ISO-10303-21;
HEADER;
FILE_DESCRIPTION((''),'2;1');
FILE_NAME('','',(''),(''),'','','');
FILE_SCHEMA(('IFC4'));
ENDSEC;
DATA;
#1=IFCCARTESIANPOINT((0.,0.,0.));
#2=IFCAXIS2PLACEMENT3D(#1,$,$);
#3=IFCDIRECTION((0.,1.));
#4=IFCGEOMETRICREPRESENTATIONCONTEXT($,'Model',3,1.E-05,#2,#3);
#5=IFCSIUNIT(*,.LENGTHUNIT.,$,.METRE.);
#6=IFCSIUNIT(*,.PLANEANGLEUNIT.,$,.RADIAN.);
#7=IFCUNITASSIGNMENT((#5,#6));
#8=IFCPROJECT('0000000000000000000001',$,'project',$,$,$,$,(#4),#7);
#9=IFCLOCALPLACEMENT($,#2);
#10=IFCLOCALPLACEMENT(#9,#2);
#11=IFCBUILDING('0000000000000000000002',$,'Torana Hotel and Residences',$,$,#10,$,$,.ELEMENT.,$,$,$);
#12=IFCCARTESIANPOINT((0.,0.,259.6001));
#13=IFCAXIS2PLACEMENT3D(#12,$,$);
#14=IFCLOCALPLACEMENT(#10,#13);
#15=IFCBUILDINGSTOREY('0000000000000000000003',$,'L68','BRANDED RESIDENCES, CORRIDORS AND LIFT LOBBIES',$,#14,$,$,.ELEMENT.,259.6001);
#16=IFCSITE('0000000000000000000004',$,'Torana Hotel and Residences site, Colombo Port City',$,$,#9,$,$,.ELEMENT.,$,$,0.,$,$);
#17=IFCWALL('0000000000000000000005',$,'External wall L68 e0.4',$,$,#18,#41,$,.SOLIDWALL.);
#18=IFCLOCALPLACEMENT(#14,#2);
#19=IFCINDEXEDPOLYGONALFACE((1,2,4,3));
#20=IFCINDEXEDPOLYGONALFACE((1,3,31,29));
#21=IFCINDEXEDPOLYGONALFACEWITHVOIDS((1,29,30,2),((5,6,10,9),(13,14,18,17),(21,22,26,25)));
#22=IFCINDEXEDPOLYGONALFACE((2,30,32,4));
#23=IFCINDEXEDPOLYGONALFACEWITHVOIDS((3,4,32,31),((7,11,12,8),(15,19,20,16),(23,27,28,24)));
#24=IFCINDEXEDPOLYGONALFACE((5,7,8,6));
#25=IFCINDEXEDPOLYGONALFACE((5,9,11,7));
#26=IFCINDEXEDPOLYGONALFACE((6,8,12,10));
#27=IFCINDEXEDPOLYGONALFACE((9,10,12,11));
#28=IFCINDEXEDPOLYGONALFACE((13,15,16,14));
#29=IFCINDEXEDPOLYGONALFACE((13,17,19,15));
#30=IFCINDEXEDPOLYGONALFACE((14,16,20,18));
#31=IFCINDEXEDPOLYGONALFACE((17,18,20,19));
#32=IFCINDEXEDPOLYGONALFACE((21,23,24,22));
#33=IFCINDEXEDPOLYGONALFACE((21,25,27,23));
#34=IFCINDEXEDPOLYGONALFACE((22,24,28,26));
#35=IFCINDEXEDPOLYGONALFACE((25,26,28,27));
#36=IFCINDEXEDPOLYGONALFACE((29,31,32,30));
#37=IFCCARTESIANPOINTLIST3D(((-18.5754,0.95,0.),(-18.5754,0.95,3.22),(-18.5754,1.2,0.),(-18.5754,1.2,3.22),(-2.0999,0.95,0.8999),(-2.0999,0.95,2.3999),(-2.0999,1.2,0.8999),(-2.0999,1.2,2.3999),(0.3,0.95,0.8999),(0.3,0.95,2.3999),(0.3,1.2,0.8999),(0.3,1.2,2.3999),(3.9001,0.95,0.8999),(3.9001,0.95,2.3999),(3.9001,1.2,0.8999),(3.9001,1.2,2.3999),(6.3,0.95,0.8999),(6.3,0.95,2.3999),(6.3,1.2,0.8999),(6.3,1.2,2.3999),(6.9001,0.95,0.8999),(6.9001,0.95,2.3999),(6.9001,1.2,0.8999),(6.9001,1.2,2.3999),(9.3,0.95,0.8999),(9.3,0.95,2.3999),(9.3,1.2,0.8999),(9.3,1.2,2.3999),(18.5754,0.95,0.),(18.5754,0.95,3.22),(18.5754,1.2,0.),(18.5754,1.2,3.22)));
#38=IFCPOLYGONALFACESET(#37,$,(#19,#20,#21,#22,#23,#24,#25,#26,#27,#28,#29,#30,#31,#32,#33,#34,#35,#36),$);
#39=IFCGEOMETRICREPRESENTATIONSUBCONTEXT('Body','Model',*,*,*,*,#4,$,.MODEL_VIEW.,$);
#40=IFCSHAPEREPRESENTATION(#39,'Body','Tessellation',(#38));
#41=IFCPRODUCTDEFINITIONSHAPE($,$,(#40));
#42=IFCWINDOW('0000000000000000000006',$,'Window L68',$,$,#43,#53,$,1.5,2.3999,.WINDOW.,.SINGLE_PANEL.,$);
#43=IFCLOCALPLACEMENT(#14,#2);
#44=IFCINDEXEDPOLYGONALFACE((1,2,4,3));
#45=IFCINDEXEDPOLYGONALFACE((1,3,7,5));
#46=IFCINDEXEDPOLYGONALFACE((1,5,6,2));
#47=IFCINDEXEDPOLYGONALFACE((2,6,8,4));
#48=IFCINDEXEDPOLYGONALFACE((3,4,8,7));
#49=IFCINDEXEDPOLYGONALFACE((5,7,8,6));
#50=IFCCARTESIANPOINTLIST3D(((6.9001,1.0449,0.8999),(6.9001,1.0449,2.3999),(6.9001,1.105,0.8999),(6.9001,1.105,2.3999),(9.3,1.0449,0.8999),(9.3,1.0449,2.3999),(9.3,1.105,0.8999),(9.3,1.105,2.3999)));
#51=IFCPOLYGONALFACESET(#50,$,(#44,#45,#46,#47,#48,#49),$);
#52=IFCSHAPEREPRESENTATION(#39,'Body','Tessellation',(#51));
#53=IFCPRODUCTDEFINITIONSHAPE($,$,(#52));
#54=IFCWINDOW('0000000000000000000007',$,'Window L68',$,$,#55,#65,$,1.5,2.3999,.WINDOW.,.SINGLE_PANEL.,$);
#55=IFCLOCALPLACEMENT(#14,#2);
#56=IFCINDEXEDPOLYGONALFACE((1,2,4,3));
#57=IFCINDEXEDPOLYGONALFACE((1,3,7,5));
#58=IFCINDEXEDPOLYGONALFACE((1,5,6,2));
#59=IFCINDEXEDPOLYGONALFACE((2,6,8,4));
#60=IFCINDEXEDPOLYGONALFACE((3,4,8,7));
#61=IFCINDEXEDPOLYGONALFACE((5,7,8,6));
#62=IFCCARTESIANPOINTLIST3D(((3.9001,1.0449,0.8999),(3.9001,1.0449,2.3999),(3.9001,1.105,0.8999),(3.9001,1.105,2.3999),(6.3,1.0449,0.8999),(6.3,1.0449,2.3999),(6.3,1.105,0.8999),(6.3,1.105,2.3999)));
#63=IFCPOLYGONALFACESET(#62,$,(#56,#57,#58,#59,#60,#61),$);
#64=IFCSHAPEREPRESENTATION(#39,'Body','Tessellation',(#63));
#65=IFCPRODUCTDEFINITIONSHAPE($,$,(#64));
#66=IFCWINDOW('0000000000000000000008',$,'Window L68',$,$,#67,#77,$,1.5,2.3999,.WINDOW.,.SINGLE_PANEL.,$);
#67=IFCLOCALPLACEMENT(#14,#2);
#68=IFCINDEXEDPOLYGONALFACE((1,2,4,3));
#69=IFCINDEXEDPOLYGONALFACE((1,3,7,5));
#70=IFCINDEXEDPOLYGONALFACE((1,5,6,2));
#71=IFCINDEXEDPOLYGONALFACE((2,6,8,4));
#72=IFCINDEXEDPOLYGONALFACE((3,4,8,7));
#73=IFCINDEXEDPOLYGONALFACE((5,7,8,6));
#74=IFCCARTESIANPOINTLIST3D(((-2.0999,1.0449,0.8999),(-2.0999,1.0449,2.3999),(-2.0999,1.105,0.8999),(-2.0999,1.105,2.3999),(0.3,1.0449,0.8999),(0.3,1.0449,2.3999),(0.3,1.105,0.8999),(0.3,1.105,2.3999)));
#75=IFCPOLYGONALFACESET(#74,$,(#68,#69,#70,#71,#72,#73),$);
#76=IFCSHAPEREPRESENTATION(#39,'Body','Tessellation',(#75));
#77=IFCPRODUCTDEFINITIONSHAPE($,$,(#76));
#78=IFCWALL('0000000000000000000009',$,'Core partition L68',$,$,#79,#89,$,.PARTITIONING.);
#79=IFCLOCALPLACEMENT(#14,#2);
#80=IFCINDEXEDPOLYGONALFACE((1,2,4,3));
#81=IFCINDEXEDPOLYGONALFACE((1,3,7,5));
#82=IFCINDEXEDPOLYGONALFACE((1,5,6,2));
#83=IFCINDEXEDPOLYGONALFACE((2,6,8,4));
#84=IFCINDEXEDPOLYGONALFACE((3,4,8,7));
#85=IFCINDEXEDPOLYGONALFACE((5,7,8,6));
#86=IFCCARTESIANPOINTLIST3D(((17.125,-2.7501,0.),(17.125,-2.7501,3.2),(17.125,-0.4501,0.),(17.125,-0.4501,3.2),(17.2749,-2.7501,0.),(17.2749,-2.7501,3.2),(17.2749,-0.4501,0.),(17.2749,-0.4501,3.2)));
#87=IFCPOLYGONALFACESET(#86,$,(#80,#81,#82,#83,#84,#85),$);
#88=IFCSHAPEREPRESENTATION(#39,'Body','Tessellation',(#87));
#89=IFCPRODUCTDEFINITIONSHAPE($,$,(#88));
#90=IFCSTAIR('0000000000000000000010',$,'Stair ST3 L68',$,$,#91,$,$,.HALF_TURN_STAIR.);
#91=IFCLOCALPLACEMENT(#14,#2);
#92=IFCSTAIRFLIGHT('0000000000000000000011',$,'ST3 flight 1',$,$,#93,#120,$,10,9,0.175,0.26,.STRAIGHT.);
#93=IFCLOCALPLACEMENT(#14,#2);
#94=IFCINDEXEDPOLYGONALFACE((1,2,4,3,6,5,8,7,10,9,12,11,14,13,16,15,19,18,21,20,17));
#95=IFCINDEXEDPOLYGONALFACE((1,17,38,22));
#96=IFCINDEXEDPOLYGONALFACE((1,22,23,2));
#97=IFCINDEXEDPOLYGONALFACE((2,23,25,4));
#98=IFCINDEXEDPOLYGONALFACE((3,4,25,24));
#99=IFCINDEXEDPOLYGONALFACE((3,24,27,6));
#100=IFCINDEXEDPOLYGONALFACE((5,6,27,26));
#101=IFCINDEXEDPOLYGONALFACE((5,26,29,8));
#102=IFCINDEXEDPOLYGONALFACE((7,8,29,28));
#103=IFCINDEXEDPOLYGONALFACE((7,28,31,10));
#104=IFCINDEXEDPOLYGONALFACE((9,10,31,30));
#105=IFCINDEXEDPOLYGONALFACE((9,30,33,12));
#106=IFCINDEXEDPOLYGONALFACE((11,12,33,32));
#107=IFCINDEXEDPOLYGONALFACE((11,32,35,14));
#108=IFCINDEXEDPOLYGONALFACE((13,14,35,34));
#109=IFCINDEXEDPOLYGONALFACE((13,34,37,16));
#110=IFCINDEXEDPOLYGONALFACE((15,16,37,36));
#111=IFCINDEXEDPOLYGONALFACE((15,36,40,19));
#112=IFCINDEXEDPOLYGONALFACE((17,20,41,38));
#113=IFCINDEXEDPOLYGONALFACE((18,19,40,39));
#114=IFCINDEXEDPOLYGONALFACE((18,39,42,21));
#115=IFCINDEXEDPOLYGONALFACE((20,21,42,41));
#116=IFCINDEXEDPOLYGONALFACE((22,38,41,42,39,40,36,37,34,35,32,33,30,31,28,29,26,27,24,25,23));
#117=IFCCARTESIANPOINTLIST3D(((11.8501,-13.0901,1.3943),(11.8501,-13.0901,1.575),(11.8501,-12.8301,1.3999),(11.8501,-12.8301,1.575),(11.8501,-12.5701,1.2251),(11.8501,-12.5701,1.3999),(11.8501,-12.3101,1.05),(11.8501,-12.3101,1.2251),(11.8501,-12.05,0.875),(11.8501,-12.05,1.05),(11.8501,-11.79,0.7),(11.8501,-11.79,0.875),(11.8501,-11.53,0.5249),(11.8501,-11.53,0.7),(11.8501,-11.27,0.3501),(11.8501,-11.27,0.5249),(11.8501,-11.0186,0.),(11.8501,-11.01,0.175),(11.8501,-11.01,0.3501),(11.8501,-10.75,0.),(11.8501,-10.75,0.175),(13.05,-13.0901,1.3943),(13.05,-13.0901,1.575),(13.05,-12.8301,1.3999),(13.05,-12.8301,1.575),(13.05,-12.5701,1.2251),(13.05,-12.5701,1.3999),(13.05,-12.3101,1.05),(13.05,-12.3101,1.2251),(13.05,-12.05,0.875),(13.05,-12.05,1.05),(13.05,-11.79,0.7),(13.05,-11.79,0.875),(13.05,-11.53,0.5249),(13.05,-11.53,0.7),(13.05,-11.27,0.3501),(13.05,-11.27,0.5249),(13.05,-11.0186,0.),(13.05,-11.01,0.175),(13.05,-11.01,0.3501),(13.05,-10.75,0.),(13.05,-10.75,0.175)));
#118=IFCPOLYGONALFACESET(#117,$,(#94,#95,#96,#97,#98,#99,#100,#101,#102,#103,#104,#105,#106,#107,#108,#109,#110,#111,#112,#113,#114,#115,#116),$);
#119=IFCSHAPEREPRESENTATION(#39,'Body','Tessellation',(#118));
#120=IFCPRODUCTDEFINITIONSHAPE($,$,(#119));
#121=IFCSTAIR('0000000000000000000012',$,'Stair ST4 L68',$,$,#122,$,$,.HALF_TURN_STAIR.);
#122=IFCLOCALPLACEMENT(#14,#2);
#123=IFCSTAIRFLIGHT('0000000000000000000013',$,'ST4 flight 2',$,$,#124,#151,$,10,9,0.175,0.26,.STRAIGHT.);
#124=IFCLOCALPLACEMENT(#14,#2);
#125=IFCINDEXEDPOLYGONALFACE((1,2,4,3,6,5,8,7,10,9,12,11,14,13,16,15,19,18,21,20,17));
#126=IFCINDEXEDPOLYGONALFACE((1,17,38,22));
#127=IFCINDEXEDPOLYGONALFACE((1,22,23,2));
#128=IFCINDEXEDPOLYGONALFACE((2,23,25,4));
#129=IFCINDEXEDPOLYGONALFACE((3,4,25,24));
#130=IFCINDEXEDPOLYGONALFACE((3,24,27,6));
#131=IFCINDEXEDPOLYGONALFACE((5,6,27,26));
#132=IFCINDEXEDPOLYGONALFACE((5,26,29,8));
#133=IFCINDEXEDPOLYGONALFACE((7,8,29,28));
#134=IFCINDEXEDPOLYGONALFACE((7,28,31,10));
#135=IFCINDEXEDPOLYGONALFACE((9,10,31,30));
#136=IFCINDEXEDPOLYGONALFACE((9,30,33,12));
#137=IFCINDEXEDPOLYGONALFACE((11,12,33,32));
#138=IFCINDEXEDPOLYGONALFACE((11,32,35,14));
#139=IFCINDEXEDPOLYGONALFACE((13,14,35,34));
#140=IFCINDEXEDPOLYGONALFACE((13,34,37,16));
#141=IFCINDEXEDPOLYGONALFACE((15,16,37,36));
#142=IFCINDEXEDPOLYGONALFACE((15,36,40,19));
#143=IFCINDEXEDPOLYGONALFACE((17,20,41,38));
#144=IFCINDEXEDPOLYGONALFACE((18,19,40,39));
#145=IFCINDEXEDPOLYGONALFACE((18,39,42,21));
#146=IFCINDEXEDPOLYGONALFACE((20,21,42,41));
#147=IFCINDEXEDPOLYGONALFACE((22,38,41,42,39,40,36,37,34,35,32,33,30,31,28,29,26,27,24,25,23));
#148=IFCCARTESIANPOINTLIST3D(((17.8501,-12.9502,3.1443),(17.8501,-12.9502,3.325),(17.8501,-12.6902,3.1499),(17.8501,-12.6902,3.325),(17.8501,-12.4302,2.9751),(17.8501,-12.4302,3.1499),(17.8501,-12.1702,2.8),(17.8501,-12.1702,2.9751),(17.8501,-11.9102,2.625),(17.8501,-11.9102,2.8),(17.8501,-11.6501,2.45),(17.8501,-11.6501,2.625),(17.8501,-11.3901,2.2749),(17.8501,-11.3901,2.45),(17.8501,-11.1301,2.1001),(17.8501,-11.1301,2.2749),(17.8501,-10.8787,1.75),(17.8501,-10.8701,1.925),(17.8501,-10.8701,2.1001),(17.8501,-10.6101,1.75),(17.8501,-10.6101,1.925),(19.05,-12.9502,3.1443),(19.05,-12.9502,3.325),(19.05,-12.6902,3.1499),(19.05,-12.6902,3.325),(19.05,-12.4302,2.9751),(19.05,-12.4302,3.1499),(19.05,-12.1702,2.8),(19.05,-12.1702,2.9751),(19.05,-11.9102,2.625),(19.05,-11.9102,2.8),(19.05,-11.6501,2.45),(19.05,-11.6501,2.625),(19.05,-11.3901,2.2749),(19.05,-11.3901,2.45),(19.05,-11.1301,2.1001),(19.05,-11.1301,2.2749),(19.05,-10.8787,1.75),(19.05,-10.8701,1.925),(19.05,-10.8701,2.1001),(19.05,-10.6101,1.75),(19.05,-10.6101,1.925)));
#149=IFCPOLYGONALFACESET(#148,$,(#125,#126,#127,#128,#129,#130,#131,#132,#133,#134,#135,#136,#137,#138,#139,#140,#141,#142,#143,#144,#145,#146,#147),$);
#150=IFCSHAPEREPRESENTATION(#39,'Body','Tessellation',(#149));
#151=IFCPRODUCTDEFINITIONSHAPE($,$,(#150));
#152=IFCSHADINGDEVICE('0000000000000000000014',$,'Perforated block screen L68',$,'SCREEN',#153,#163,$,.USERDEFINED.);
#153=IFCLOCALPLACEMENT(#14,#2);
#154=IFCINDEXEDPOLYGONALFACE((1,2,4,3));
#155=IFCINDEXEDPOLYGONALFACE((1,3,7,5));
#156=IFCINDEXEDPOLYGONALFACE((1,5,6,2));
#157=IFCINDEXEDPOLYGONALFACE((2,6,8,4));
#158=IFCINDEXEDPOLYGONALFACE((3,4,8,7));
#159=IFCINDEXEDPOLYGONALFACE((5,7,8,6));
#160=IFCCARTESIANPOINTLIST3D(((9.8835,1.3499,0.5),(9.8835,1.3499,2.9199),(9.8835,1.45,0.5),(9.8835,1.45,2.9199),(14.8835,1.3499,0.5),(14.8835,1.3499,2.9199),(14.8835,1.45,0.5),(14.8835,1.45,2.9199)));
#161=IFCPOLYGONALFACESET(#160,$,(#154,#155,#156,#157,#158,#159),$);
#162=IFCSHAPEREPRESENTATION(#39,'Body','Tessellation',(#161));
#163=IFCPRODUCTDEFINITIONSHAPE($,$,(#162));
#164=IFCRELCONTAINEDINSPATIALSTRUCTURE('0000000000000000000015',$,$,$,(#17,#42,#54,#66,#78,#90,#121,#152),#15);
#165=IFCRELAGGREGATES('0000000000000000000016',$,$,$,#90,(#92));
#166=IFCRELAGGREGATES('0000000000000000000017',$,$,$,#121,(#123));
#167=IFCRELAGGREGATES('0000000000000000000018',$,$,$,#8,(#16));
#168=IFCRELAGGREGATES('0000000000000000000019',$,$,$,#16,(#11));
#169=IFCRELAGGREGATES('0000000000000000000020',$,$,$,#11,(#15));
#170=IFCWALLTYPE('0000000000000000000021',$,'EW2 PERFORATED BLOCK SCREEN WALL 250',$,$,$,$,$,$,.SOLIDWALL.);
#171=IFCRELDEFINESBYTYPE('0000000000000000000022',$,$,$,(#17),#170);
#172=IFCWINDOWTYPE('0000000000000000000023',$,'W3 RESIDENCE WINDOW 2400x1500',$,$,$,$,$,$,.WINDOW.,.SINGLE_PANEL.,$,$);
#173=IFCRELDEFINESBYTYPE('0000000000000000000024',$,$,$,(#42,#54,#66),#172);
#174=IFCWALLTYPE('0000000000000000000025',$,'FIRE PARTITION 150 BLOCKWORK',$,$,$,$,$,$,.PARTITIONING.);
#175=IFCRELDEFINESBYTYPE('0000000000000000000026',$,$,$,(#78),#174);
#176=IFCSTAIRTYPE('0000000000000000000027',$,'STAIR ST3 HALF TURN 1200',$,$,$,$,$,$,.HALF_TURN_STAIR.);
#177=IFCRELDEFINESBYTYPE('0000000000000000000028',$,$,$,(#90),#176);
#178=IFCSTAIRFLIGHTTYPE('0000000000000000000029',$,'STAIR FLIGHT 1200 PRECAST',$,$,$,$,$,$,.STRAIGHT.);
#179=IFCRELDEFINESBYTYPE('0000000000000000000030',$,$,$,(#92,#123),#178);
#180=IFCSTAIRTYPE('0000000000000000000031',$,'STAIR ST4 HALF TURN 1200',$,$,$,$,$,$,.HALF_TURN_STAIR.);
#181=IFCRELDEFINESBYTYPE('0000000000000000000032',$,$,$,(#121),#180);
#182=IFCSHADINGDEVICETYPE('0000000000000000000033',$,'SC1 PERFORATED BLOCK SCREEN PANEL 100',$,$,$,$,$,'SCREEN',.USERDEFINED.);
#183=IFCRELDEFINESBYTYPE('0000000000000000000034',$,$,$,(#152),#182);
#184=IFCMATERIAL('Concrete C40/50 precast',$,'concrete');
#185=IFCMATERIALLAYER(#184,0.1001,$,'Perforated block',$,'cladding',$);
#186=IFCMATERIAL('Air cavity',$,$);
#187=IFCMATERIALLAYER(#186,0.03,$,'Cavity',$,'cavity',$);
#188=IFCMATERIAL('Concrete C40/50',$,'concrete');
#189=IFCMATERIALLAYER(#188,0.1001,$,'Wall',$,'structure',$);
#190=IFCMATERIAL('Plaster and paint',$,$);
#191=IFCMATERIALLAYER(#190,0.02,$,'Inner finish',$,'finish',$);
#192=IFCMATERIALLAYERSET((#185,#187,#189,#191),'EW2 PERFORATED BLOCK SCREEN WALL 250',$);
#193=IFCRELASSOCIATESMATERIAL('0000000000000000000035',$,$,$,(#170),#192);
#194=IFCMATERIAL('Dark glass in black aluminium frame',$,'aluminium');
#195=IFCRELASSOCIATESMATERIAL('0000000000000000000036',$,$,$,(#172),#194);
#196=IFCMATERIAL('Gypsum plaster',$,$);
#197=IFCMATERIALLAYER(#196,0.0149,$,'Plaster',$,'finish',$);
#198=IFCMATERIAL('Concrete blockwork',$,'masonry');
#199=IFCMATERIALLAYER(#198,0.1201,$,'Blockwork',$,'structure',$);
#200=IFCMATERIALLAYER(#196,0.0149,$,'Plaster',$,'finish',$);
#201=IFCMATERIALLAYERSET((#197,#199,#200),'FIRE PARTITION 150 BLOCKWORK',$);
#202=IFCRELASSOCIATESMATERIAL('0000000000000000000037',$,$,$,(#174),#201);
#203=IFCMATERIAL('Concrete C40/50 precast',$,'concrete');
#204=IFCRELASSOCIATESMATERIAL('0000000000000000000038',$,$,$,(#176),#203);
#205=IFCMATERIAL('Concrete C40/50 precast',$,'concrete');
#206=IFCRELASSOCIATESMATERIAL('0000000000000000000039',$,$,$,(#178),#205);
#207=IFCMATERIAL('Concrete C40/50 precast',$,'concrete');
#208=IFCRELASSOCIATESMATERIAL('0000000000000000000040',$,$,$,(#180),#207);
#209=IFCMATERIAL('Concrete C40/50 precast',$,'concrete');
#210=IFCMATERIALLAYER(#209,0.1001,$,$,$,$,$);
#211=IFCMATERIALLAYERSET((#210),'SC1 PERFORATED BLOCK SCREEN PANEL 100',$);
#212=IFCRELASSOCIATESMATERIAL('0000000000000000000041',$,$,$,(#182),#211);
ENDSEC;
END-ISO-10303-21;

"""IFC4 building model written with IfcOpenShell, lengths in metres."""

from ifc_helpers import new_model, si_unit, direction, frame, frame_2d, origin, origin_2d, place, context, subcontext, project, spatial, polyline, rectangle, outline, extrude, material, layer, layer_set, type_object, element, fill, aggregate, save


model = new_model("IFC4")

# Units and contexts
model_context = context("Model", 3, precision=1e-05, world=origin(), true_north=direction((0.0, 1.0)))
body_context = subcontext(model_context, "Body", "Model", "MODEL_VIEW")
ifc_project = project(units=[si_unit("LENGTHUNIT", "METRE"), si_unit("PLANEANGLEUNIT", "RADIAN")], contexts=[model_context])

# Site, building, storey
site_placement = place(None, origin())
site = spatial("IfcSite", under=ifc_project, at=site_placement, Name="Torana Hotel and Residences site, Colombo Port City", CompositionType="ELEMENT", RefElevation=0.0)
building_placement = place(site_placement, origin())
building = spatial("IfcBuilding", under=site, at=building_placement, Name="Torana Hotel and Residences", CompositionType="ELEMENT")
storey_placement = place(building_placement, frame((0.0, 0.0, 259.6001)))
storey = spatial("IfcBuildingStorey", under=building, at=storey_placement, Name="L68", Description="BRANDED RESIDENCES, CORRIDORS AND LIFT LOBBIES", CompositionType="ELEMENT", Elevation=259.6001)

# Wall, openings, windows
ifc_material_1 = material(Name="Concrete C40/50 precast", Category="concrete")
ifc_layer_1 = layer(ifc_material_1, 0.1001, Name="Perforated block", Category="cladding")
ifc_material_2 = material(Name="Air cavity")
ifc_layer_2 = layer(ifc_material_2, 0.03, Name="Cavity", Category="cavity")
ifc_material_3 = material(Name="Concrete C40/50", Category="concrete")
ifc_layer_3 = layer(ifc_material_3, 0.1001, Name="Wall", Category="structure")
ifc_material_4 = material(Name="Plaster and paint")
ifc_layer_4 = layer(ifc_material_4, 0.02, Name="Inner finish", Category="finish")
ifc_layer_set_1 = layer_set([ifc_layer_1, ifc_layer_2, ifc_layer_3, ifc_layer_4], Name="EW2 PERFORATED BLOCK SCREEN WALL 250")
wall_type_1 = type_object("IfcWallType", Name="EW2 PERFORATED BLOCK SCREEN WALL 250", PredefinedType="SOLIDWALL", material=ifc_layer_set_1)
wall_1_placement = place(storey_placement, frame((18.5754, 1.075, 0.0), z_axis=(0.0, 0.0, 1.0), x_axis=(-1.0, 0.0, 0.0)))
wall_1 = element("IfcWall", 1, at=wall_1_placement, inside=storey, type_object=wall_type_1, Name="External wall L68 e0.4", PredefinedType="SOLIDWALL", context=body_context, shape_type="SweptSolid", body=[
    extrude(rectangle(XDim=37.1509, YDim=0.25, at=frame_2d((18.5754, 0.0))), origin(), (0.0, 0.0, 1.0), 3.22),
])
opening_1_placement = place(wall_1_placement, frame((9.2754, 0.0, 0.8999)))
opening_1 = element("IfcOpeningElement", 2, at=opening_1_placement, cuts=wall_1, PredefinedType="OPENING", context=body_context, shape_type="SweptSolid", body=[
    extrude(rectangle(XDim=2.3999, YDim=1.5, at=frame_2d((1.2, 0.75))), frame((0.0, 0.135, 0.0), z_axis=(0.0, -1.0, 0.0), x_axis=(1.0, 0.0, 0.0)), (0.0, 0.0, 1.0), 0.27),
])
opening_2_placement = place(wall_1_placement, frame((12.2754, 0.0, 0.8999)))
opening_2 = element("IfcOpeningElement", 3, at=opening_2_placement, cuts=wall_1, PredefinedType="OPENING", context=body_context, shape_type="SweptSolid", body=[
    extrude(rectangle(XDim=2.3999, YDim=1.5, at=frame_2d((1.2, 0.75))), frame((0.0, 0.135, 0.0), z_axis=(0.0, -1.0, 0.0), x_axis=(1.0, 0.0, 0.0)), (0.0, 0.0, 1.0), 0.27),
])
opening_3_placement = place(wall_1_placement, frame((18.2754, 0.0, 0.8999)))
opening_3 = element("IfcOpeningElement", 4, at=opening_3_placement, cuts=wall_1, PredefinedType="OPENING", context=body_context, shape_type="SweptSolid", body=[
    extrude(rectangle(XDim=2.3999, YDim=1.5, at=frame_2d((1.2, 0.75))), frame((0.0, 0.135, 0.0), z_axis=(0.0, -1.0, 0.0), x_axis=(1.0, 0.0, 0.0)), (0.0, 0.0, 1.0), 0.27),
])
ifc_material_5 = material(Name="Dark glass in black aluminium frame", Category="aluminium")
window_type = type_object("IfcWindowType", Name="W3 RESIDENCE WINDOW 2400x1500", PartitioningType="SINGLE_PANEL", PredefinedType="WINDOW", material=ifc_material_5)
window_1_placement = place(opening_1_placement, origin())
window_1 = element("IfcWindow", 5, at=window_1_placement, inside=storey, type_object=window_type, Name="Window L68", OverallHeight=1.5, OverallWidth=2.3999, PartitioningType="SINGLE_PANEL", PredefinedType="WINDOW", context=body_context, shape_type="SweptSolid", body=[
    extrude(rectangle(XDim=2.3999, YDim=1.5, at=frame_2d((1.2, 0.75))), frame((0.0, 0.03, 0.0), z_axis=(0.0, -1.0, 0.0), x_axis=(1.0, 0.0, 0.0)), (0.0, 0.0, 1.0), 0.0601),
])
fill(opening_1, window_1)
window_2_placement = place(opening_2_placement, origin())
window_2 = element("IfcWindow", 6, at=window_2_placement, inside=storey, type_object=window_type, Name="Window L68", OverallHeight=1.5, OverallWidth=2.3999, PartitioningType="SINGLE_PANEL", PredefinedType="WINDOW", context=body_context, shape_type="SweptSolid", body=[
    extrude(rectangle(XDim=2.3999, YDim=1.5, at=frame_2d((1.2, 0.75))), frame((0.0, 0.03, 0.0), z_axis=(0.0, -1.0, 0.0), x_axis=(1.0, 0.0, 0.0)), (0.0, 0.0, 1.0), 0.0601),
])
fill(opening_2, window_2)
window_3_placement = place(opening_3_placement, origin())
window_3 = element("IfcWindow", 7, at=window_3_placement, inside=storey, type_object=window_type, Name="Window L68", OverallHeight=1.5, OverallWidth=2.3999, PartitioningType="SINGLE_PANEL", PredefinedType="WINDOW", context=body_context, shape_type="SweptSolid", body=[
    extrude(rectangle(XDim=2.3999, YDim=1.5, at=frame_2d((1.2, 0.75))), frame((0.0, 0.03, 0.0), z_axis=(0.0, -1.0, 0.0), x_axis=(1.0, 0.0, 0.0)), (0.0, 0.0, 1.0), 0.0601),
])
fill(opening_3, window_3)

# Wall
ifc_material_6 = material(Name="Gypsum plaster")
ifc_layer_5 = layer(ifc_material_6, 0.0149, Name="Plaster", Category="finish")
ifc_material_7 = material(Name="Concrete blockwork", Category="masonry")
ifc_layer_6 = layer(ifc_material_7, 0.1201, Name="Blockwork", Category="structure")
ifc_layer_7 = layer(ifc_material_6, 0.0149, Name="Plaster", Category="finish")
ifc_layer_set_2 = layer_set([ifc_layer_5, ifc_layer_6, ifc_layer_7], Name="FIRE PARTITION 150 BLOCKWORK")
wall_type_2 = type_object("IfcWallType", Name="FIRE PARTITION 150 BLOCKWORK", PredefinedType="PARTITIONING", material=ifc_layer_set_2)
wall_2_placement = place(storey_placement, frame((17.2, -2.75, 0.0), z_axis=(0.0, 0.0, 1.0), x_axis=(0.0, 1.0, 0.0)))
element("IfcWall", 8, at=wall_2_placement, inside=storey, type_object=wall_type_2, Name="Core partition L68", PredefinedType="PARTITIONING", context=body_context, shape_type="SweptSolid", body=[
    extrude(rectangle(XDim=2.3, YDim=0.1499, at=frame_2d((1.1499, 0.0))), origin(), (0.0, 0.0, 1.0), 3.2),
])

# Stairs, stair flights
ifc_material_8 = material(Name="Concrete C40/50 precast", Category="concrete")
stair_type_1 = type_object("IfcStairType", Name="STAIR ST3 HALF TURN 1200", PredefinedType="HALF_TURN_STAIR", material=ifc_material_8)
stair_1_placement = place(storey_placement, origin())
stair_1 = element("IfcStair", 9, at=stair_1_placement, inside=storey, type_object=stair_type_1, Name="Stair ST3 L68", PredefinedType="HALF_TURN_STAIR")
ifc_material_9 = material(Name="Concrete C40/50 precast", Category="concrete")
stair_flight_type = type_object("IfcStairFlightType", Name="STAIR FLIGHT 1200 PRECAST", PredefinedType="STRAIGHT", material=ifc_material_9)
stair_flight_1_placement = place(storey_placement, frame((12.45, -10.75, 0.0), z_axis=(0.0, 0.0, 1.0), x_axis=(0.0, -1.0, 0.0)))
stair_flight_1 = element("IfcStairFlight", 10, at=stair_flight_1_placement, type_object=stair_flight_type, Name="ST3 flight 1", NumberOfRisers=10, NumberOfTreads=9, PredefinedType="STRAIGHT", RiserHeight=0.175, TreadLength=0.26, context=body_context, shape_type="SweptSolid", body=[
    extrude(outline(polyline([(0.0, 0.0), (0.0, 0.175), (0.26, 0.175), (0.26, 0.3501), (0.52, 0.3501), (0.52, 0.5249), (0.78, 0.5249), (0.78, 0.7), (1.04, 0.7), (1.04, 0.875), (1.3, 0.875), (1.3, 1.05), (1.5601, 1.05), (1.5601, 1.2251), (1.8201, 1.2251), (1.8201, 1.3999), (2.0801, 1.3999), (2.0801, 1.575), (2.3401, 1.575), (2.3401, 1.75), (2.3401, 1.3943), (0.2686, 0.0), (0.0, 0.0)])), frame((0.0, 0.6001, 0.0), z_axis=(0.0, -1.0, 0.0), x_axis=(1.0, 0.0, 0.0)), (0.0, 0.0, 1.0), 1.2),
])
aggregate(stair_1, [stair_flight_1])
ifc_material_10 = material(Name="Concrete C40/50 precast", Category="concrete")
stair_type_2 = type_object("IfcStairType", Name="STAIR ST4 HALF TURN 1200", PredefinedType="HALF_TURN_STAIR", material=ifc_material_10)
stair_2_placement = place(storey_placement, origin())
stair_2 = element("IfcStair", 11, at=stair_2_placement, inside=storey, type_object=stair_type_2, Name="Stair ST4 L68", PredefinedType="HALF_TURN_STAIR")
stair_flight_2_placement = place(storey_placement, frame((18.45, -10.6101, 1.75), z_axis=(0.0, 0.0, 1.0), x_axis=(0.0, -1.0, 0.0)))
stair_flight_2 = element("IfcStairFlight", 12, at=stair_flight_2_placement, type_object=stair_flight_type, Name="ST4 flight 2", NumberOfRisers=10, NumberOfTreads=9, PredefinedType="STRAIGHT", RiserHeight=0.175, TreadLength=0.26, context=body_context, shape_type="SweptSolid", body=[
    extrude(outline(polyline([(0.0, 0.0), (0.0, 0.175), (0.26, 0.175), (0.26, 0.3501), (0.52, 0.3501), (0.52, 0.5249), (0.78, 0.5249), (0.78, 0.7), (1.04, 0.7), (1.04, 0.875), (1.3, 0.875), (1.3, 1.05), (1.5601, 1.05), (1.5601, 1.2251), (1.8201, 1.2251), (1.8201, 1.3999), (2.0801, 1.3999), (2.0801, 1.575), (2.3401, 1.575), (2.3401, 1.75), (2.3401, 1.3943), (0.2686, 0.0), (0.0, 0.0)])), frame((0.0, 0.6001, 0.0), z_axis=(0.0, -1.0, 0.0), x_axis=(1.0, 0.0, 0.0)), (0.0, 0.0, 1.0), 1.2),
])
aggregate(stair_2, [stair_flight_2])

# Shading device
ifc_material_11 = material(Name="Concrete C40/50 precast", Category="concrete")
ifc_layer_8 = layer(ifc_material_11, 0.1001)
ifc_layer_set_3 = layer_set([ifc_layer_8], Name="SC1 PERFORATED BLOCK SCREEN PANEL 100")
shading_device_type = type_object("IfcShadingDeviceType", Name="SC1 PERFORATED BLOCK SCREEN PANEL 100", ElementType="SCREEN", PredefinedType="USERDEFINED", material=ifc_layer_set_3)
shading_device_placement = place(storey_placement, frame((12.3835, 1.3999, 0.5), z_axis=(0.0, 0.0, 1.0), x_axis=(-1.0, 0.0, 0.0)))
element("IfcShadingDevice", 13, at=shading_device_placement, inside=storey, type_object=shading_device_type, Name="Perforated block screen L68", ObjectType="SCREEN", PredefinedType="USERDEFINED", context=body_context, shape_type="SweptSolid", body=[
    extrude(rectangle(XDim=5.0, YDim=0.1001, at=origin_2d()), origin(), (0.0, 0.0, 1.0), 2.4199),
])

save(model, "model.ifc")
